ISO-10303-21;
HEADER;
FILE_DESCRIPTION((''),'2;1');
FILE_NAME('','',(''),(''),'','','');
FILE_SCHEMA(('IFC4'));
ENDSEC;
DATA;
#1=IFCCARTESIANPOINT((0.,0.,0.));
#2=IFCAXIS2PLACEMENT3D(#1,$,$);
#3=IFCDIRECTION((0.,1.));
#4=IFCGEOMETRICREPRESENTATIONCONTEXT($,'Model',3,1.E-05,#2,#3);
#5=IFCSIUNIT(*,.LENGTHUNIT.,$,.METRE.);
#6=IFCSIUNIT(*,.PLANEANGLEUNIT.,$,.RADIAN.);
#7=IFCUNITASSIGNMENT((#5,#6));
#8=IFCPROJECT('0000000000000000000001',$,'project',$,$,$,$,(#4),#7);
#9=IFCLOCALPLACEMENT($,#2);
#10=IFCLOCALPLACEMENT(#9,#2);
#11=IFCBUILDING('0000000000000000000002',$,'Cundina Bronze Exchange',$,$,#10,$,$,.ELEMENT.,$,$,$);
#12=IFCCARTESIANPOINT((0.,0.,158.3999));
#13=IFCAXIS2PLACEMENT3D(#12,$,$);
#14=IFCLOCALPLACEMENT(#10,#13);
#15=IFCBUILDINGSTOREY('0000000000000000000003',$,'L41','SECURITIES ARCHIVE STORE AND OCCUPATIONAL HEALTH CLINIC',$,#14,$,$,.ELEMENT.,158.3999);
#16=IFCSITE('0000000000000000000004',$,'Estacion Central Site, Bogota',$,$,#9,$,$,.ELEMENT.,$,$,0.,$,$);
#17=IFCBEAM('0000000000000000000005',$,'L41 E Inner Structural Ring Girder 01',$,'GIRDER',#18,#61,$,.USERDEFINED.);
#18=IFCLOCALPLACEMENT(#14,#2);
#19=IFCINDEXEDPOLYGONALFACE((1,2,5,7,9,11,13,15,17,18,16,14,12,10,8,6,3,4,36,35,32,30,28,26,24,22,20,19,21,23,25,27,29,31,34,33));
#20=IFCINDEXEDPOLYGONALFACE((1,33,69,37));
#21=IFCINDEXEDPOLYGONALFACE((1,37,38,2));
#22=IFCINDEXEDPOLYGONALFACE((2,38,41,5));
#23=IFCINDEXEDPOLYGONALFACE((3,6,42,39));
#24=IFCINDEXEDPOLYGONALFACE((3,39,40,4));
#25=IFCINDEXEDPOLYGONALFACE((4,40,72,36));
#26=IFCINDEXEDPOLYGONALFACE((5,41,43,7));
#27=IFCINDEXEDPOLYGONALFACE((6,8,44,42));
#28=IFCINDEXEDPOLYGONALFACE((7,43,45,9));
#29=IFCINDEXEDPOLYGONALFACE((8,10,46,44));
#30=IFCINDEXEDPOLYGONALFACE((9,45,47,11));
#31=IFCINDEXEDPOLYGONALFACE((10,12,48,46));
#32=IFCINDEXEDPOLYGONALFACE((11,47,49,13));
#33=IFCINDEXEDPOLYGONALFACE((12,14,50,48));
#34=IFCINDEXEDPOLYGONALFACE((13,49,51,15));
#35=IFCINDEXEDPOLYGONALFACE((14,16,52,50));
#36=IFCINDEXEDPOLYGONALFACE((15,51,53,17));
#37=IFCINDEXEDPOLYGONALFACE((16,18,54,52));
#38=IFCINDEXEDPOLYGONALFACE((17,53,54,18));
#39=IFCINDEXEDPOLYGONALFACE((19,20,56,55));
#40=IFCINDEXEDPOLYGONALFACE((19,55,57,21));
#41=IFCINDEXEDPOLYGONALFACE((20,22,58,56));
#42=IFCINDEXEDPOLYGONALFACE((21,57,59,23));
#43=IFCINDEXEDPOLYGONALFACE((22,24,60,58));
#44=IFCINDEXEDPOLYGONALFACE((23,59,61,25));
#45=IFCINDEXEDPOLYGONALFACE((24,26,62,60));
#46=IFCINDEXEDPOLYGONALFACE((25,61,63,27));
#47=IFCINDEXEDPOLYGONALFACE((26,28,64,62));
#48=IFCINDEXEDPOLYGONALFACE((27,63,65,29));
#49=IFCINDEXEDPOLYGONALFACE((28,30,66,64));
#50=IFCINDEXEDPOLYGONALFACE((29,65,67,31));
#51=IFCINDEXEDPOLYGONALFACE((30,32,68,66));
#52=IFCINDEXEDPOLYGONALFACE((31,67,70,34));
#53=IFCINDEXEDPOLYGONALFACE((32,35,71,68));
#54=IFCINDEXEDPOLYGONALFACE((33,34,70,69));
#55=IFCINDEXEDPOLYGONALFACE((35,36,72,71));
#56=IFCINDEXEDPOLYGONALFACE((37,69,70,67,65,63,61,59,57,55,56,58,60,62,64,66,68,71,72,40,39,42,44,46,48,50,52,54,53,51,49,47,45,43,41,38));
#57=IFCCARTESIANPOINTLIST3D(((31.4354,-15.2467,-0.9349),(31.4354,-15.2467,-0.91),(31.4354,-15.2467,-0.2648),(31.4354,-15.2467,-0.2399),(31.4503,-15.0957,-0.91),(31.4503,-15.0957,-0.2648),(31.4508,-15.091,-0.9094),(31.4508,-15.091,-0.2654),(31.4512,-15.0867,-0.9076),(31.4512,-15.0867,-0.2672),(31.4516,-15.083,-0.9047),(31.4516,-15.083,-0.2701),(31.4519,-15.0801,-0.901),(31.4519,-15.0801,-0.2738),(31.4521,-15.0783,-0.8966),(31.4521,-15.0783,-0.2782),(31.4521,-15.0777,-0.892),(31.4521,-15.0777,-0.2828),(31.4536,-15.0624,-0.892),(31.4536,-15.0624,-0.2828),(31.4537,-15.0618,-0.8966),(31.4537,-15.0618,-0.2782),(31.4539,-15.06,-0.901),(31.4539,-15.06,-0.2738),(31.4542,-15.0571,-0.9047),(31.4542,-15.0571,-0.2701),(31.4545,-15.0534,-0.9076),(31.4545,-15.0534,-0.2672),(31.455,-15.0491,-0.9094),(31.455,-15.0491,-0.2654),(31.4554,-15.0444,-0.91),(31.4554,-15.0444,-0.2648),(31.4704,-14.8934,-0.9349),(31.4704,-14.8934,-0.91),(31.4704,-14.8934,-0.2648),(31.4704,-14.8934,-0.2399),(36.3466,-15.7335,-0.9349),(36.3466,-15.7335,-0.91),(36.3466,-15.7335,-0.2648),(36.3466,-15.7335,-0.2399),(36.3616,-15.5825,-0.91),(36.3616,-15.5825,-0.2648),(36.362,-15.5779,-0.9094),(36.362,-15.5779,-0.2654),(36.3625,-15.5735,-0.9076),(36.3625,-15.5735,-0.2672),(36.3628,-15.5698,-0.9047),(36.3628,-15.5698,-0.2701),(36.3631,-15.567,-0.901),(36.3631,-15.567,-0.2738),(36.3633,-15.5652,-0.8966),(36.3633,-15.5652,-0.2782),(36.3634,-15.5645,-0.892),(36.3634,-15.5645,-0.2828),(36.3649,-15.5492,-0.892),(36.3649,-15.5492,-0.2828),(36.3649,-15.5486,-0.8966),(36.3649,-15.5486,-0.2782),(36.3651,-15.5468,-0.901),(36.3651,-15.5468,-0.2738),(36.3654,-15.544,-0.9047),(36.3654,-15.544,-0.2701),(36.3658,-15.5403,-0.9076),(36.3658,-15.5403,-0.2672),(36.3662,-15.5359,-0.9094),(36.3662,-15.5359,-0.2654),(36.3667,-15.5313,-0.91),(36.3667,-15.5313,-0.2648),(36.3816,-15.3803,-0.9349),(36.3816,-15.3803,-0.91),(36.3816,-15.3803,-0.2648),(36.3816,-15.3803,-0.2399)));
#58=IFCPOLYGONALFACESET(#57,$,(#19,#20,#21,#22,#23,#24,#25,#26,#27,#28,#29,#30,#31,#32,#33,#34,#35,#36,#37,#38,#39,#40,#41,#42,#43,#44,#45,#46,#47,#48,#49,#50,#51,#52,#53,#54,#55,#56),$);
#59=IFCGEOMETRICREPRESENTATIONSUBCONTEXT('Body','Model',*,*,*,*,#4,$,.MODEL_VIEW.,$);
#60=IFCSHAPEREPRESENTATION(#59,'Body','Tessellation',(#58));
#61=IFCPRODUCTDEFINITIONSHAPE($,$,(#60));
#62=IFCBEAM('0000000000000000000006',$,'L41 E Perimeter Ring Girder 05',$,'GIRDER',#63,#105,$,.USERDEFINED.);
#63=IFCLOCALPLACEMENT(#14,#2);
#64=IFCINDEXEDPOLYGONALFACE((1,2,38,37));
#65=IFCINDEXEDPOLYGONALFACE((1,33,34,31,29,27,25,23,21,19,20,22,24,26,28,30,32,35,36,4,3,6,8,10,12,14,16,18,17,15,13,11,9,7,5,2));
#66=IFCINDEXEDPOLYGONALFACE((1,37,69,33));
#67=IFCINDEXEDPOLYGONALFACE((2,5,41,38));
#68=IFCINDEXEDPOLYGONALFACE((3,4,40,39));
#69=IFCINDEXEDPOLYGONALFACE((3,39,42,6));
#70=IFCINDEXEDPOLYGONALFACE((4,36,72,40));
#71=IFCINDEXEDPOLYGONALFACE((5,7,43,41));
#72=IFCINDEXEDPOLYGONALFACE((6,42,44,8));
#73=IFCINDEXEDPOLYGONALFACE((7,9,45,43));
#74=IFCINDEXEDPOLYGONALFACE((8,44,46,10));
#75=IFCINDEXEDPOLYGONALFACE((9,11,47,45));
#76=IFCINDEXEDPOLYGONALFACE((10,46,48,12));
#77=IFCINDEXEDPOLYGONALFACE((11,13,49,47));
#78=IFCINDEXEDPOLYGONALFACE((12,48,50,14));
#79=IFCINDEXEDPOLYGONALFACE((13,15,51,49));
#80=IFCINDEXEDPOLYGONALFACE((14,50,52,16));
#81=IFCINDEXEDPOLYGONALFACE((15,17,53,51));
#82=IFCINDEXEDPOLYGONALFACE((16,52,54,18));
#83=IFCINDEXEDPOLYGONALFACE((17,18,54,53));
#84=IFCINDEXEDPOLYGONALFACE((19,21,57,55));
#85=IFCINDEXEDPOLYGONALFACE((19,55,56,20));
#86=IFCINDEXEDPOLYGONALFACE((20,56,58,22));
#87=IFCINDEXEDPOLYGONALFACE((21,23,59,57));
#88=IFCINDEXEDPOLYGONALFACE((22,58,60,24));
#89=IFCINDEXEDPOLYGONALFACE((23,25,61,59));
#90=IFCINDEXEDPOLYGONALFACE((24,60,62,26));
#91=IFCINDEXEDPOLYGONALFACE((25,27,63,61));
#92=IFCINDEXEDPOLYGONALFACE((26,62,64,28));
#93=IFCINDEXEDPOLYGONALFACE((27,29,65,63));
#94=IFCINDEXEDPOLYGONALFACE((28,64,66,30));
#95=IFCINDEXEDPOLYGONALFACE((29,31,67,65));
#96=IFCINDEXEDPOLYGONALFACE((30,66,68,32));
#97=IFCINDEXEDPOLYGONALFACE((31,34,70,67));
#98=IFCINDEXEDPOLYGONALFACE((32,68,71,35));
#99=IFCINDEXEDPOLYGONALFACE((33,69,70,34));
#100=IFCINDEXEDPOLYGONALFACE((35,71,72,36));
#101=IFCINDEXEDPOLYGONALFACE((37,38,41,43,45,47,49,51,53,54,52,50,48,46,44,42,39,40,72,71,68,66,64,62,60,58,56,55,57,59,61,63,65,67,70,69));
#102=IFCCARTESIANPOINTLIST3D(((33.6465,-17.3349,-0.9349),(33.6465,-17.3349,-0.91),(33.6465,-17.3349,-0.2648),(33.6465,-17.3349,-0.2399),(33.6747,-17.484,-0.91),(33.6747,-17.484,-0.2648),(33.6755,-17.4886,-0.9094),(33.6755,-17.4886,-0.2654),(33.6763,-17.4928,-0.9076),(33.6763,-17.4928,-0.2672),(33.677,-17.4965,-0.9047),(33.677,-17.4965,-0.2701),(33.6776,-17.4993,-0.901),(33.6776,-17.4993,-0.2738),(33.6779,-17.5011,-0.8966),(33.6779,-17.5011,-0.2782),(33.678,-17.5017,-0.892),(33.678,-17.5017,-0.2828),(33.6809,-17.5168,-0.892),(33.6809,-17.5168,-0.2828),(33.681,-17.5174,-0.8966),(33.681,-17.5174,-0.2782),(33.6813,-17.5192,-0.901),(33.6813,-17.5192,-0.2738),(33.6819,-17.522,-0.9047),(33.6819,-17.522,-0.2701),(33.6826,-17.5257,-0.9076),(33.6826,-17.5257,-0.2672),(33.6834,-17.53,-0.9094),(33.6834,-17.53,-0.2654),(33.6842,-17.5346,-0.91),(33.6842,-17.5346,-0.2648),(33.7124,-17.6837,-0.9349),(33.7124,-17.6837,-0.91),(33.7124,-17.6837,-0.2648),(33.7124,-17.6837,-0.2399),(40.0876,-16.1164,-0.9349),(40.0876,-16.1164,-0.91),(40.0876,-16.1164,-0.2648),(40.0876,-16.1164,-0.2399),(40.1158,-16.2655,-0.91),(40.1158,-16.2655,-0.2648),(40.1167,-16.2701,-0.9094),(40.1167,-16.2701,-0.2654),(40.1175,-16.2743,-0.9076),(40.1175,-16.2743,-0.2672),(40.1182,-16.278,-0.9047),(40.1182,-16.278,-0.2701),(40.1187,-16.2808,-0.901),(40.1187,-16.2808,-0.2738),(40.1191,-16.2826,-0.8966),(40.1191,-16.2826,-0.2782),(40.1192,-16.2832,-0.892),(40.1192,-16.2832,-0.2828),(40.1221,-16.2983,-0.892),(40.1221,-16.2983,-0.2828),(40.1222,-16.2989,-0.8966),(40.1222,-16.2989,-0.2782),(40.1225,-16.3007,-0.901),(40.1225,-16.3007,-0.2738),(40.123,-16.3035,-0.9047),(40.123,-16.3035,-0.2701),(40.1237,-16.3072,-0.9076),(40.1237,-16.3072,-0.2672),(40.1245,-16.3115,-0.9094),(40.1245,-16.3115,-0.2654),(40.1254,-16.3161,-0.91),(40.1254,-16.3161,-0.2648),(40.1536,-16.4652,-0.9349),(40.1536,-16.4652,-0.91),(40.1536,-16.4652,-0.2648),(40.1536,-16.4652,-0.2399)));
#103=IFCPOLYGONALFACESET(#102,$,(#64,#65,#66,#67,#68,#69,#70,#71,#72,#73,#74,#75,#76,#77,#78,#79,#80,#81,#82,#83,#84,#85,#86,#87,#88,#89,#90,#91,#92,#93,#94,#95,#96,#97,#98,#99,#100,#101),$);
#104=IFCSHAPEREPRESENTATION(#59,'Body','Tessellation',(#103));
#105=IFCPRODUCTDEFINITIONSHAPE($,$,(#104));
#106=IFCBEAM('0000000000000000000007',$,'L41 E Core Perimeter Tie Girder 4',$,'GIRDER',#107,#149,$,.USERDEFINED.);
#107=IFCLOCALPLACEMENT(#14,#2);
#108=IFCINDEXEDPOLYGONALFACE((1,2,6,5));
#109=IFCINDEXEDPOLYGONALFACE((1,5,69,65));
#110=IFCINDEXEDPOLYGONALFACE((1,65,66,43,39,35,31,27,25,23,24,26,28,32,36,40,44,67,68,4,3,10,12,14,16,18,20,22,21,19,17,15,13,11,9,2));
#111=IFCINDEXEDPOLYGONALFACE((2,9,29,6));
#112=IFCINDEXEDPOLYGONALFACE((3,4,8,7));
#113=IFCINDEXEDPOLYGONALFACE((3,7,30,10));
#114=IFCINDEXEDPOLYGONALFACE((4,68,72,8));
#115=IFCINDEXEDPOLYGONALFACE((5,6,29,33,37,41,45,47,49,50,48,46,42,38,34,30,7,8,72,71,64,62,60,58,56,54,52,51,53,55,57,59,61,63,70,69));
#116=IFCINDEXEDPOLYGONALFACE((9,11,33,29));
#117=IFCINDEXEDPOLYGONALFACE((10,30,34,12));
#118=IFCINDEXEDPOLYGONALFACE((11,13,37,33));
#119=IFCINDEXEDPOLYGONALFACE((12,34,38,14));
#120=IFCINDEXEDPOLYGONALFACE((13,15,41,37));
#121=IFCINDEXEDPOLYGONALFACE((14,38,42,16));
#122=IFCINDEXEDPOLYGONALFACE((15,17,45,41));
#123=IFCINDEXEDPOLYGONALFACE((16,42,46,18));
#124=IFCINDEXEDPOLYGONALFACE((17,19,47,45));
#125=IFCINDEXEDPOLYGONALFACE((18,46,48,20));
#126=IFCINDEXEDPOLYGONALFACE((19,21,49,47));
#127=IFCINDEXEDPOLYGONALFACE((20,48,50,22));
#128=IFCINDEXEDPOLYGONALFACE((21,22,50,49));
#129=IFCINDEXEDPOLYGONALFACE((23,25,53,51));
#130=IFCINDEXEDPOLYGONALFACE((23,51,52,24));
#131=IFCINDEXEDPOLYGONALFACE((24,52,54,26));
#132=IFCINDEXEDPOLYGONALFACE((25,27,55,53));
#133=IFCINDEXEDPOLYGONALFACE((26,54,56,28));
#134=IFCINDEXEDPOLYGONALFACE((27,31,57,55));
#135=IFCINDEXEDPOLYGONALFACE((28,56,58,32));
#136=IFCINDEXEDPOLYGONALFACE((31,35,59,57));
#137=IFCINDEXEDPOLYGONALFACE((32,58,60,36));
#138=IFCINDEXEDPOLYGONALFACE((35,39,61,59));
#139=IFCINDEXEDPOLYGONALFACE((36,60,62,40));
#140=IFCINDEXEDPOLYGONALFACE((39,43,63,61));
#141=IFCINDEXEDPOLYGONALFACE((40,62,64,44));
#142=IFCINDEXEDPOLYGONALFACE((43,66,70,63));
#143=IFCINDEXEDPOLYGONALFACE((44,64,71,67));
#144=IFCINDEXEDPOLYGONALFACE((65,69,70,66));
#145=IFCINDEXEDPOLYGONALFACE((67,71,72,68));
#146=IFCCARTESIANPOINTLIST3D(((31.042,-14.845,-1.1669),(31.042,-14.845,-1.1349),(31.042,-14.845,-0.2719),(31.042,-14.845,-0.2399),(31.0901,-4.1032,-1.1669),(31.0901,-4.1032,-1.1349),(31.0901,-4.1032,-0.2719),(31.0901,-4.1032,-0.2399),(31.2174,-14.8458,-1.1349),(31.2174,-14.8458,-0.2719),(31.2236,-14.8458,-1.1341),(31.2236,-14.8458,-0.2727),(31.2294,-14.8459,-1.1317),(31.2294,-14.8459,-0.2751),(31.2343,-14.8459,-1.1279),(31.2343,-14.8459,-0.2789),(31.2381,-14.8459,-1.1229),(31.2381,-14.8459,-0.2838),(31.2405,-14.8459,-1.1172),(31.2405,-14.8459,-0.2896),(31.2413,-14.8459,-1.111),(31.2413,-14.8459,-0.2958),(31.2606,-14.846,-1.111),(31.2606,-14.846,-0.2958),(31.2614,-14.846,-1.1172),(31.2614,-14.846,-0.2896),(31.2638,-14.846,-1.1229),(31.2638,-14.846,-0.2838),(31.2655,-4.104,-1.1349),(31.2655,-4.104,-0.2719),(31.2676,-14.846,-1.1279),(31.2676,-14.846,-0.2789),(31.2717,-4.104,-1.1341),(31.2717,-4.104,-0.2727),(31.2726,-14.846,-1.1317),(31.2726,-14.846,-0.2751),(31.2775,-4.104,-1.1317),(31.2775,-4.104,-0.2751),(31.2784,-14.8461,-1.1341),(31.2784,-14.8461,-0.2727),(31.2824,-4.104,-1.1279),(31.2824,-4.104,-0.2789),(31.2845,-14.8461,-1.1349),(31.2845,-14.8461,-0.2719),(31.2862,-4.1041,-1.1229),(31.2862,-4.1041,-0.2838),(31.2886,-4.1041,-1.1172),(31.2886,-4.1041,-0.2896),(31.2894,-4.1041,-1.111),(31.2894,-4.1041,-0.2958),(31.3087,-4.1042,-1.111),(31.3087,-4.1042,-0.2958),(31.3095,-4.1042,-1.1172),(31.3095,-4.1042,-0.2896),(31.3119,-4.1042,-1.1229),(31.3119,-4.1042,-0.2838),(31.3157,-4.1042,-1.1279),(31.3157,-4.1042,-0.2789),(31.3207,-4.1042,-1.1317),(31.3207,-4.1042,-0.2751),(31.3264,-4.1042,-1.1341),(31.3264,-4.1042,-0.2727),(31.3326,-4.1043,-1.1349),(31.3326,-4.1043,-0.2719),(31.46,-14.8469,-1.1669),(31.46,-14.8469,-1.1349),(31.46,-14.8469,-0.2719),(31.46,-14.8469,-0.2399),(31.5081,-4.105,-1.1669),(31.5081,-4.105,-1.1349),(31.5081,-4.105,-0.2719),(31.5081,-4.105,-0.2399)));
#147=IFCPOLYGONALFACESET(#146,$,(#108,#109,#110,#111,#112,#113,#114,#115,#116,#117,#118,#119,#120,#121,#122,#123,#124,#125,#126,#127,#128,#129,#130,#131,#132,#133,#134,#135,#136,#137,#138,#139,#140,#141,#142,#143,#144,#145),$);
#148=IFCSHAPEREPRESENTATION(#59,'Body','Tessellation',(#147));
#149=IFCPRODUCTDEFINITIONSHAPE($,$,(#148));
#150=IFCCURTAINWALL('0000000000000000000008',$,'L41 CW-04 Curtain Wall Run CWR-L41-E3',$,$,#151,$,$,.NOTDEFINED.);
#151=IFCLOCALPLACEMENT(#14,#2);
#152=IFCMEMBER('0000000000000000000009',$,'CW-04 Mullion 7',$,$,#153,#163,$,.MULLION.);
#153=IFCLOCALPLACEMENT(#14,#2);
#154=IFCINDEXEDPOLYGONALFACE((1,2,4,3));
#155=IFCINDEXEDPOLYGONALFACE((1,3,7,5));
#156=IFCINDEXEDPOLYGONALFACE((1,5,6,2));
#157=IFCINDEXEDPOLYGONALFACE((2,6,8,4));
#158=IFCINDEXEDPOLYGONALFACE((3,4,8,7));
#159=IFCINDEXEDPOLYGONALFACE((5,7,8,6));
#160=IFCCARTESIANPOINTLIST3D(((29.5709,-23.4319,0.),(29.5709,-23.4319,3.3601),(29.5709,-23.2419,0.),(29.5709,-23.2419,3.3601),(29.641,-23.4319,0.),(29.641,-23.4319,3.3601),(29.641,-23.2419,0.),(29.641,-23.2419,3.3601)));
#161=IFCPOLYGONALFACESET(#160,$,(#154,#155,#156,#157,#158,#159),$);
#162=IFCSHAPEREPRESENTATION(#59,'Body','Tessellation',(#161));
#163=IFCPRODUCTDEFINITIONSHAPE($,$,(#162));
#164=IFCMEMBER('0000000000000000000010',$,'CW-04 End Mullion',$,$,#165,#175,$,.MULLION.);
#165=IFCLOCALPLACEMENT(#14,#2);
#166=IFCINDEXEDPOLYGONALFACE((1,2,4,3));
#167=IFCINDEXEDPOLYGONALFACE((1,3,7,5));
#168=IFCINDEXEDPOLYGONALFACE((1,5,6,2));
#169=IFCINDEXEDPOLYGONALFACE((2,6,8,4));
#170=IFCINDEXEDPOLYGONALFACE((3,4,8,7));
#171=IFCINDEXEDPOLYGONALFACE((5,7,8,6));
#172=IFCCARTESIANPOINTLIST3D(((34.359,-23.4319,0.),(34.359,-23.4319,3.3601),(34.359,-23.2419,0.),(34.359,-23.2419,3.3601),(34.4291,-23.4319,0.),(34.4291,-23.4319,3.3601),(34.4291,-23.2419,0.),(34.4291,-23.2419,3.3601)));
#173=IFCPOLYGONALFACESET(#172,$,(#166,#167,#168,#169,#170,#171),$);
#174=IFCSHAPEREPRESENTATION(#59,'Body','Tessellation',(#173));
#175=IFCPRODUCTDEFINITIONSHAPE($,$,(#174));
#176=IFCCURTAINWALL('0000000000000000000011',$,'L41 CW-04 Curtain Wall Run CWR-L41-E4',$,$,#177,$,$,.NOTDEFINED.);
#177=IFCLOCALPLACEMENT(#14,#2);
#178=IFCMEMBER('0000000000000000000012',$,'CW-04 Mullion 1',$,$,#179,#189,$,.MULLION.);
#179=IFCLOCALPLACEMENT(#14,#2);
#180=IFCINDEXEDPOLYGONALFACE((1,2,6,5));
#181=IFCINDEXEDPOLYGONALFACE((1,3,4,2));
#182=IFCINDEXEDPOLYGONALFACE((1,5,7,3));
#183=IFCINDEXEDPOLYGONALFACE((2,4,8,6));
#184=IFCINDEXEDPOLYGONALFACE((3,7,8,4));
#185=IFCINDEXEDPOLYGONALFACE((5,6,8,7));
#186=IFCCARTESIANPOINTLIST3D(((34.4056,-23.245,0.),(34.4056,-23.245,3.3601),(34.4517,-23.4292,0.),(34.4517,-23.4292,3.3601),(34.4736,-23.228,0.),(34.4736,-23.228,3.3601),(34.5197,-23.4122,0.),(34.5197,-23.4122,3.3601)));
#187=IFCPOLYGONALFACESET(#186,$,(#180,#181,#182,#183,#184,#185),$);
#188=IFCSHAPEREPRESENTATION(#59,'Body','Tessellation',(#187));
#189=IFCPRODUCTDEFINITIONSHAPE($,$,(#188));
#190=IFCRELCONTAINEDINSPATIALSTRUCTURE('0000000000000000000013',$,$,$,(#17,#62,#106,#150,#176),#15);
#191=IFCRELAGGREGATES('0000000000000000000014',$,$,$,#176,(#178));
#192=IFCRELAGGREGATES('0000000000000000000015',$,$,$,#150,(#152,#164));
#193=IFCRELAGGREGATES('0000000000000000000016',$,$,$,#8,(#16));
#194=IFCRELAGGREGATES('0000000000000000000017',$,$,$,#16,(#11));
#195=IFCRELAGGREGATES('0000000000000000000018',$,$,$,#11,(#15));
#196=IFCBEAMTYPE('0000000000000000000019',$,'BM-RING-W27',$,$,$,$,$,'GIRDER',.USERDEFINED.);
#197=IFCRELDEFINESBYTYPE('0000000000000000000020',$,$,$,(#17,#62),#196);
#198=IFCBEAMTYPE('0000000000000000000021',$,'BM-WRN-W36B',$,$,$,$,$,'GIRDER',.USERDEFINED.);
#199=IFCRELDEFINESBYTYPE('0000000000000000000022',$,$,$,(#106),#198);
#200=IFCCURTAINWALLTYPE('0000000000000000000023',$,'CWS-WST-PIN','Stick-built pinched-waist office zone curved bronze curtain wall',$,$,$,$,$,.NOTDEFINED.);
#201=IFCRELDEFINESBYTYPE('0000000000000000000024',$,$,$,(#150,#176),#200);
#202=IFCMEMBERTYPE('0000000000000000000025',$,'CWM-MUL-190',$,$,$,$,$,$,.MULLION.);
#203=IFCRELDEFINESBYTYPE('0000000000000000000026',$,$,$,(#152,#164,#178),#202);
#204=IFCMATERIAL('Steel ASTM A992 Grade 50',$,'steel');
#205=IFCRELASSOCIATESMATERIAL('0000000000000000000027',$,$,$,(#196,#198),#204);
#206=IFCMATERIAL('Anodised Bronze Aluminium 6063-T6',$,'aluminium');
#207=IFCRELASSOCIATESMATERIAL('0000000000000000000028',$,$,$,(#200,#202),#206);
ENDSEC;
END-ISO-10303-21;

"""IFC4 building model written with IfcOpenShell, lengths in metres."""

from ifc_helpers import new_model, si_unit, direction, frame, origin, origin_2d, place, context, subcontext, project, spatial, rectangle, i_section, extrude, material, material_profile, profile_set, type_object, element, aggregate, save


model = new_model("IFC4")

# Units and contexts
model_context = context("Model", 3, precision=1e-05, world=origin(), true_north=direction((0.0, 1.0)))
body_context = subcontext(model_context, "Body", "Model", "MODEL_VIEW")
ifc_project = project(units=[si_unit("LENGTHUNIT", "METRE"), si_unit("PLANEANGLEUNIT", "RADIAN")], contexts=[model_context])

# Site, building, storey
site_placement = place(None, origin())
site = spatial("IfcSite", under=ifc_project, at=site_placement, Name="Estacion Central Site, Bogota", CompositionType="ELEMENT", RefElevation=0.0)
building_placement = place(site_placement, origin())
building = spatial("IfcBuilding", under=site, at=building_placement, Name="Cundina Bronze Exchange", CompositionType="ELEMENT")
storey_placement = place(building_placement, frame((0.0, 0.0, 158.3999)))
storey = spatial("IfcBuildingStorey", under=building, at=storey_placement, Name="L41", Description="SECURITIES ARCHIVE STORE AND OCCUPATIONAL HEALTH CLINIC", CompositionType="ELEMENT", Elevation=158.3999)

# Shared definitions
ifc_material_1 = material(Name="Steel ASTM A992 Grade 50", Category="steel")

# Beams
ifc_material_profile_1 = material_profile(ifc_material_1, i_section(OverallWidth=0.355, OverallDepth=0.6951, WebThickness=0.0154, FlangeThickness=0.0249, FilletRadius=0.0181, at=origin_2d()), Name="W27X146", Category="steel")
ifc_profile_set_1 = profile_set([ifc_material_profile_1], Name="Steel ASTM A992 Grade 50")
beam_type_1 = type_object("IfcBeamType", Name="BM-RING-W27", ElementType="GIRDER", PredefinedType="USERDEFINED", material=ifc_profile_set_1)
beam_1_placement = place(storey_placement, frame((31.4529, -15.0701, -0.5874), z_axis=(0.995123, -0.098642, 0.0), x_axis=(0.098642, 0.995123, 0.0)))
element("IfcBeam", 1, at=beam_1_placement, inside=storey, type_object=beam_type_1, Name="L41 E Inner Structural Ring Girder 01", ObjectType="GIRDER", PredefinedType="USERDEFINED", context=body_context, shape_type="SweptSolid", body=[
    extrude(i_section(OverallWidth=0.355, OverallDepth=0.6951, WebThickness=0.0154, FlangeThickness=0.0249, FilletRadius=0.0181, at=origin_2d()), origin(), (0.0, 0.0, 1.0), 4.9353),
])
beam_2_placement = place(storey_placement, frame((33.6794, -17.5093, -0.5874), z_axis=(0.982573, 0.185878, 0.0), x_axis=(-0.185878, 0.982573, 0.0)))
element("IfcBeam", 2, at=beam_2_placement, inside=storey, type_object=beam_type_1, Name="L41 E Perimeter Ring Girder 05", ObjectType="GIRDER", PredefinedType="USERDEFINED", context=body_context, shape_type="SweptSolid", body=[
    extrude(i_section(OverallWidth=0.355, OverallDepth=0.6951, WebThickness=0.0154, FlangeThickness=0.0249, FilletRadius=0.0181, at=origin_2d()), origin(), (0.0, 0.0, 1.0), 6.5554),
])
ifc_material_profile_2 = material_profile(ifc_material_1, i_section(OverallWidth=0.418, OverallDepth=0.927, WebThickness=0.0193, FlangeThickness=0.032, FilletRadius=0.0239, at=origin_2d()), Name="W36X231", Category="steel")
ifc_profile_set_2 = profile_set([ifc_material_profile_2], Name="Steel ASTM A992 Grade 50")
beam_type_2 = type_object("IfcBeamType", Name="BM-WRN-W36B", ElementType="GIRDER", PredefinedType="USERDEFINED", material=ifc_profile_set_2)
beam_3_placement = place(storey_placement, frame((31.251, -14.8459, -0.7034), z_axis=(0.004477, 0.99999, 0.0), x_axis=(-0.99999, 0.004477, 0.0)))
element("IfcBeam", 3, at=beam_3_placement, inside=storey, type_object=beam_type_2, Name="L41 E Core Perimeter Tie Girder 4", ObjectType="GIRDER", PredefinedType="USERDEFINED", context=body_context, shape_type="SweptSolid", body=[
    extrude(i_section(OverallWidth=0.418, OverallDepth=0.927, WebThickness=0.0193, FlangeThickness=0.032, FilletRadius=0.0239, at=origin_2d()), origin(), (0.0, 0.0, 1.0), 10.7419),
])

# Curtain wall, members
ifc_material_2 = material(Name="Anodised Bronze Aluminium 6063-T6", Category="aluminium")
curtain_wall_type = type_object("IfcCurtainWallType", Name="CWS-WST-PIN", Description="Stick-built pinched-waist office zone curved bronze curtain wall", PredefinedType="NOTDEFINED", material=ifc_material_2)
curtain_wall_1_placement = place(storey_placement, origin())
curtain_wall_1 = element("IfcCurtainWall", 4, at=curtain_wall_1_placement, inside=storey, type_object=curtain_wall_type, Name="L41 CW-04 Curtain Wall Run CWR-L41-E3", PredefinedType="NOTDEFINED")
ifc_material_profile_3 = material_profile(ifc_material_2, rectangle(XDim=0.0701, YDim=0.1899, at=origin_2d()), Name="AL70X190", Category="aluminium")
ifc_profile_set_3 = profile_set([ifc_material_profile_3], Name="Anodised Bronze Aluminium 6063-T6")
member_type_1 = type_object("IfcMemberType", Name="CWM-MUL-190", PredefinedType="MULLION", material=ifc_profile_set_3)
member_1_placement = place(storey_placement, frame((29.606, -23.3369, 0.0), z_axis=(0.0, 0.0, 1.0), x_axis=(1.0, 0.0, 0.0)))
member_1 = element("IfcMember", 5, at=member_1_placement, type_object=member_type_1, Name="CW-04 Mullion 7", PredefinedType="MULLION", context=body_context, shape_type="SweptSolid", body=[
    extrude(rectangle(XDim=0.0701, YDim=0.1899, at=origin_2d()), origin(), (0.0, 0.0, 1.0), 3.3601),
])
member_2_placement = place(storey_placement, frame((34.394, -23.3369, 0.0), z_axis=(0.0, 0.0, 1.0), x_axis=(1.0, 0.0, 0.0)))
member_2 = element("IfcMember", 6, at=member_2_placement, type_object=member_type_1, Name="CW-04 End Mullion", PredefinedType="MULLION", context=body_context, shape_type="SweptSolid", body=[
    extrude(rectangle(XDim=0.0701, YDim=0.1899, at=origin_2d()), origin(), (0.0, 0.0, 1.0), 3.3601),
])

# Curtain wall, member
curtain_wall_2_placement = place(storey_placement, origin())
curtain_wall_2 = element("IfcCurtainWall", 7, at=curtain_wall_2_placement, inside=storey, type_object=curtain_wall_type, Name="L41 CW-04 Curtain Wall Run CWR-L41-E4", PredefinedType="NOTDEFINED")
member_3_placement = place(storey_placement, frame((34.4626, -23.3286, 0.0), z_axis=(0.0, 0.0, 1.0), x_axis=(0.970084, 0.242769, 0.0)))
member_3 = element("IfcMember", 8, at=member_3_placement, type_object=member_type_1, Name="CW-04 Mullion 1", PredefinedType="MULLION", context=body_context, shape_type="SweptSolid", body=[
    extrude(rectangle(XDim=0.0701, YDim=0.1899, at=origin_2d()), origin(), (0.0, 0.0, 1.0), 3.3601),
])

aggregate(curtain_wall_2, [member_3])

aggregate(curtain_wall_1, [member_1, member_2])

save(model, "model.ifc")
